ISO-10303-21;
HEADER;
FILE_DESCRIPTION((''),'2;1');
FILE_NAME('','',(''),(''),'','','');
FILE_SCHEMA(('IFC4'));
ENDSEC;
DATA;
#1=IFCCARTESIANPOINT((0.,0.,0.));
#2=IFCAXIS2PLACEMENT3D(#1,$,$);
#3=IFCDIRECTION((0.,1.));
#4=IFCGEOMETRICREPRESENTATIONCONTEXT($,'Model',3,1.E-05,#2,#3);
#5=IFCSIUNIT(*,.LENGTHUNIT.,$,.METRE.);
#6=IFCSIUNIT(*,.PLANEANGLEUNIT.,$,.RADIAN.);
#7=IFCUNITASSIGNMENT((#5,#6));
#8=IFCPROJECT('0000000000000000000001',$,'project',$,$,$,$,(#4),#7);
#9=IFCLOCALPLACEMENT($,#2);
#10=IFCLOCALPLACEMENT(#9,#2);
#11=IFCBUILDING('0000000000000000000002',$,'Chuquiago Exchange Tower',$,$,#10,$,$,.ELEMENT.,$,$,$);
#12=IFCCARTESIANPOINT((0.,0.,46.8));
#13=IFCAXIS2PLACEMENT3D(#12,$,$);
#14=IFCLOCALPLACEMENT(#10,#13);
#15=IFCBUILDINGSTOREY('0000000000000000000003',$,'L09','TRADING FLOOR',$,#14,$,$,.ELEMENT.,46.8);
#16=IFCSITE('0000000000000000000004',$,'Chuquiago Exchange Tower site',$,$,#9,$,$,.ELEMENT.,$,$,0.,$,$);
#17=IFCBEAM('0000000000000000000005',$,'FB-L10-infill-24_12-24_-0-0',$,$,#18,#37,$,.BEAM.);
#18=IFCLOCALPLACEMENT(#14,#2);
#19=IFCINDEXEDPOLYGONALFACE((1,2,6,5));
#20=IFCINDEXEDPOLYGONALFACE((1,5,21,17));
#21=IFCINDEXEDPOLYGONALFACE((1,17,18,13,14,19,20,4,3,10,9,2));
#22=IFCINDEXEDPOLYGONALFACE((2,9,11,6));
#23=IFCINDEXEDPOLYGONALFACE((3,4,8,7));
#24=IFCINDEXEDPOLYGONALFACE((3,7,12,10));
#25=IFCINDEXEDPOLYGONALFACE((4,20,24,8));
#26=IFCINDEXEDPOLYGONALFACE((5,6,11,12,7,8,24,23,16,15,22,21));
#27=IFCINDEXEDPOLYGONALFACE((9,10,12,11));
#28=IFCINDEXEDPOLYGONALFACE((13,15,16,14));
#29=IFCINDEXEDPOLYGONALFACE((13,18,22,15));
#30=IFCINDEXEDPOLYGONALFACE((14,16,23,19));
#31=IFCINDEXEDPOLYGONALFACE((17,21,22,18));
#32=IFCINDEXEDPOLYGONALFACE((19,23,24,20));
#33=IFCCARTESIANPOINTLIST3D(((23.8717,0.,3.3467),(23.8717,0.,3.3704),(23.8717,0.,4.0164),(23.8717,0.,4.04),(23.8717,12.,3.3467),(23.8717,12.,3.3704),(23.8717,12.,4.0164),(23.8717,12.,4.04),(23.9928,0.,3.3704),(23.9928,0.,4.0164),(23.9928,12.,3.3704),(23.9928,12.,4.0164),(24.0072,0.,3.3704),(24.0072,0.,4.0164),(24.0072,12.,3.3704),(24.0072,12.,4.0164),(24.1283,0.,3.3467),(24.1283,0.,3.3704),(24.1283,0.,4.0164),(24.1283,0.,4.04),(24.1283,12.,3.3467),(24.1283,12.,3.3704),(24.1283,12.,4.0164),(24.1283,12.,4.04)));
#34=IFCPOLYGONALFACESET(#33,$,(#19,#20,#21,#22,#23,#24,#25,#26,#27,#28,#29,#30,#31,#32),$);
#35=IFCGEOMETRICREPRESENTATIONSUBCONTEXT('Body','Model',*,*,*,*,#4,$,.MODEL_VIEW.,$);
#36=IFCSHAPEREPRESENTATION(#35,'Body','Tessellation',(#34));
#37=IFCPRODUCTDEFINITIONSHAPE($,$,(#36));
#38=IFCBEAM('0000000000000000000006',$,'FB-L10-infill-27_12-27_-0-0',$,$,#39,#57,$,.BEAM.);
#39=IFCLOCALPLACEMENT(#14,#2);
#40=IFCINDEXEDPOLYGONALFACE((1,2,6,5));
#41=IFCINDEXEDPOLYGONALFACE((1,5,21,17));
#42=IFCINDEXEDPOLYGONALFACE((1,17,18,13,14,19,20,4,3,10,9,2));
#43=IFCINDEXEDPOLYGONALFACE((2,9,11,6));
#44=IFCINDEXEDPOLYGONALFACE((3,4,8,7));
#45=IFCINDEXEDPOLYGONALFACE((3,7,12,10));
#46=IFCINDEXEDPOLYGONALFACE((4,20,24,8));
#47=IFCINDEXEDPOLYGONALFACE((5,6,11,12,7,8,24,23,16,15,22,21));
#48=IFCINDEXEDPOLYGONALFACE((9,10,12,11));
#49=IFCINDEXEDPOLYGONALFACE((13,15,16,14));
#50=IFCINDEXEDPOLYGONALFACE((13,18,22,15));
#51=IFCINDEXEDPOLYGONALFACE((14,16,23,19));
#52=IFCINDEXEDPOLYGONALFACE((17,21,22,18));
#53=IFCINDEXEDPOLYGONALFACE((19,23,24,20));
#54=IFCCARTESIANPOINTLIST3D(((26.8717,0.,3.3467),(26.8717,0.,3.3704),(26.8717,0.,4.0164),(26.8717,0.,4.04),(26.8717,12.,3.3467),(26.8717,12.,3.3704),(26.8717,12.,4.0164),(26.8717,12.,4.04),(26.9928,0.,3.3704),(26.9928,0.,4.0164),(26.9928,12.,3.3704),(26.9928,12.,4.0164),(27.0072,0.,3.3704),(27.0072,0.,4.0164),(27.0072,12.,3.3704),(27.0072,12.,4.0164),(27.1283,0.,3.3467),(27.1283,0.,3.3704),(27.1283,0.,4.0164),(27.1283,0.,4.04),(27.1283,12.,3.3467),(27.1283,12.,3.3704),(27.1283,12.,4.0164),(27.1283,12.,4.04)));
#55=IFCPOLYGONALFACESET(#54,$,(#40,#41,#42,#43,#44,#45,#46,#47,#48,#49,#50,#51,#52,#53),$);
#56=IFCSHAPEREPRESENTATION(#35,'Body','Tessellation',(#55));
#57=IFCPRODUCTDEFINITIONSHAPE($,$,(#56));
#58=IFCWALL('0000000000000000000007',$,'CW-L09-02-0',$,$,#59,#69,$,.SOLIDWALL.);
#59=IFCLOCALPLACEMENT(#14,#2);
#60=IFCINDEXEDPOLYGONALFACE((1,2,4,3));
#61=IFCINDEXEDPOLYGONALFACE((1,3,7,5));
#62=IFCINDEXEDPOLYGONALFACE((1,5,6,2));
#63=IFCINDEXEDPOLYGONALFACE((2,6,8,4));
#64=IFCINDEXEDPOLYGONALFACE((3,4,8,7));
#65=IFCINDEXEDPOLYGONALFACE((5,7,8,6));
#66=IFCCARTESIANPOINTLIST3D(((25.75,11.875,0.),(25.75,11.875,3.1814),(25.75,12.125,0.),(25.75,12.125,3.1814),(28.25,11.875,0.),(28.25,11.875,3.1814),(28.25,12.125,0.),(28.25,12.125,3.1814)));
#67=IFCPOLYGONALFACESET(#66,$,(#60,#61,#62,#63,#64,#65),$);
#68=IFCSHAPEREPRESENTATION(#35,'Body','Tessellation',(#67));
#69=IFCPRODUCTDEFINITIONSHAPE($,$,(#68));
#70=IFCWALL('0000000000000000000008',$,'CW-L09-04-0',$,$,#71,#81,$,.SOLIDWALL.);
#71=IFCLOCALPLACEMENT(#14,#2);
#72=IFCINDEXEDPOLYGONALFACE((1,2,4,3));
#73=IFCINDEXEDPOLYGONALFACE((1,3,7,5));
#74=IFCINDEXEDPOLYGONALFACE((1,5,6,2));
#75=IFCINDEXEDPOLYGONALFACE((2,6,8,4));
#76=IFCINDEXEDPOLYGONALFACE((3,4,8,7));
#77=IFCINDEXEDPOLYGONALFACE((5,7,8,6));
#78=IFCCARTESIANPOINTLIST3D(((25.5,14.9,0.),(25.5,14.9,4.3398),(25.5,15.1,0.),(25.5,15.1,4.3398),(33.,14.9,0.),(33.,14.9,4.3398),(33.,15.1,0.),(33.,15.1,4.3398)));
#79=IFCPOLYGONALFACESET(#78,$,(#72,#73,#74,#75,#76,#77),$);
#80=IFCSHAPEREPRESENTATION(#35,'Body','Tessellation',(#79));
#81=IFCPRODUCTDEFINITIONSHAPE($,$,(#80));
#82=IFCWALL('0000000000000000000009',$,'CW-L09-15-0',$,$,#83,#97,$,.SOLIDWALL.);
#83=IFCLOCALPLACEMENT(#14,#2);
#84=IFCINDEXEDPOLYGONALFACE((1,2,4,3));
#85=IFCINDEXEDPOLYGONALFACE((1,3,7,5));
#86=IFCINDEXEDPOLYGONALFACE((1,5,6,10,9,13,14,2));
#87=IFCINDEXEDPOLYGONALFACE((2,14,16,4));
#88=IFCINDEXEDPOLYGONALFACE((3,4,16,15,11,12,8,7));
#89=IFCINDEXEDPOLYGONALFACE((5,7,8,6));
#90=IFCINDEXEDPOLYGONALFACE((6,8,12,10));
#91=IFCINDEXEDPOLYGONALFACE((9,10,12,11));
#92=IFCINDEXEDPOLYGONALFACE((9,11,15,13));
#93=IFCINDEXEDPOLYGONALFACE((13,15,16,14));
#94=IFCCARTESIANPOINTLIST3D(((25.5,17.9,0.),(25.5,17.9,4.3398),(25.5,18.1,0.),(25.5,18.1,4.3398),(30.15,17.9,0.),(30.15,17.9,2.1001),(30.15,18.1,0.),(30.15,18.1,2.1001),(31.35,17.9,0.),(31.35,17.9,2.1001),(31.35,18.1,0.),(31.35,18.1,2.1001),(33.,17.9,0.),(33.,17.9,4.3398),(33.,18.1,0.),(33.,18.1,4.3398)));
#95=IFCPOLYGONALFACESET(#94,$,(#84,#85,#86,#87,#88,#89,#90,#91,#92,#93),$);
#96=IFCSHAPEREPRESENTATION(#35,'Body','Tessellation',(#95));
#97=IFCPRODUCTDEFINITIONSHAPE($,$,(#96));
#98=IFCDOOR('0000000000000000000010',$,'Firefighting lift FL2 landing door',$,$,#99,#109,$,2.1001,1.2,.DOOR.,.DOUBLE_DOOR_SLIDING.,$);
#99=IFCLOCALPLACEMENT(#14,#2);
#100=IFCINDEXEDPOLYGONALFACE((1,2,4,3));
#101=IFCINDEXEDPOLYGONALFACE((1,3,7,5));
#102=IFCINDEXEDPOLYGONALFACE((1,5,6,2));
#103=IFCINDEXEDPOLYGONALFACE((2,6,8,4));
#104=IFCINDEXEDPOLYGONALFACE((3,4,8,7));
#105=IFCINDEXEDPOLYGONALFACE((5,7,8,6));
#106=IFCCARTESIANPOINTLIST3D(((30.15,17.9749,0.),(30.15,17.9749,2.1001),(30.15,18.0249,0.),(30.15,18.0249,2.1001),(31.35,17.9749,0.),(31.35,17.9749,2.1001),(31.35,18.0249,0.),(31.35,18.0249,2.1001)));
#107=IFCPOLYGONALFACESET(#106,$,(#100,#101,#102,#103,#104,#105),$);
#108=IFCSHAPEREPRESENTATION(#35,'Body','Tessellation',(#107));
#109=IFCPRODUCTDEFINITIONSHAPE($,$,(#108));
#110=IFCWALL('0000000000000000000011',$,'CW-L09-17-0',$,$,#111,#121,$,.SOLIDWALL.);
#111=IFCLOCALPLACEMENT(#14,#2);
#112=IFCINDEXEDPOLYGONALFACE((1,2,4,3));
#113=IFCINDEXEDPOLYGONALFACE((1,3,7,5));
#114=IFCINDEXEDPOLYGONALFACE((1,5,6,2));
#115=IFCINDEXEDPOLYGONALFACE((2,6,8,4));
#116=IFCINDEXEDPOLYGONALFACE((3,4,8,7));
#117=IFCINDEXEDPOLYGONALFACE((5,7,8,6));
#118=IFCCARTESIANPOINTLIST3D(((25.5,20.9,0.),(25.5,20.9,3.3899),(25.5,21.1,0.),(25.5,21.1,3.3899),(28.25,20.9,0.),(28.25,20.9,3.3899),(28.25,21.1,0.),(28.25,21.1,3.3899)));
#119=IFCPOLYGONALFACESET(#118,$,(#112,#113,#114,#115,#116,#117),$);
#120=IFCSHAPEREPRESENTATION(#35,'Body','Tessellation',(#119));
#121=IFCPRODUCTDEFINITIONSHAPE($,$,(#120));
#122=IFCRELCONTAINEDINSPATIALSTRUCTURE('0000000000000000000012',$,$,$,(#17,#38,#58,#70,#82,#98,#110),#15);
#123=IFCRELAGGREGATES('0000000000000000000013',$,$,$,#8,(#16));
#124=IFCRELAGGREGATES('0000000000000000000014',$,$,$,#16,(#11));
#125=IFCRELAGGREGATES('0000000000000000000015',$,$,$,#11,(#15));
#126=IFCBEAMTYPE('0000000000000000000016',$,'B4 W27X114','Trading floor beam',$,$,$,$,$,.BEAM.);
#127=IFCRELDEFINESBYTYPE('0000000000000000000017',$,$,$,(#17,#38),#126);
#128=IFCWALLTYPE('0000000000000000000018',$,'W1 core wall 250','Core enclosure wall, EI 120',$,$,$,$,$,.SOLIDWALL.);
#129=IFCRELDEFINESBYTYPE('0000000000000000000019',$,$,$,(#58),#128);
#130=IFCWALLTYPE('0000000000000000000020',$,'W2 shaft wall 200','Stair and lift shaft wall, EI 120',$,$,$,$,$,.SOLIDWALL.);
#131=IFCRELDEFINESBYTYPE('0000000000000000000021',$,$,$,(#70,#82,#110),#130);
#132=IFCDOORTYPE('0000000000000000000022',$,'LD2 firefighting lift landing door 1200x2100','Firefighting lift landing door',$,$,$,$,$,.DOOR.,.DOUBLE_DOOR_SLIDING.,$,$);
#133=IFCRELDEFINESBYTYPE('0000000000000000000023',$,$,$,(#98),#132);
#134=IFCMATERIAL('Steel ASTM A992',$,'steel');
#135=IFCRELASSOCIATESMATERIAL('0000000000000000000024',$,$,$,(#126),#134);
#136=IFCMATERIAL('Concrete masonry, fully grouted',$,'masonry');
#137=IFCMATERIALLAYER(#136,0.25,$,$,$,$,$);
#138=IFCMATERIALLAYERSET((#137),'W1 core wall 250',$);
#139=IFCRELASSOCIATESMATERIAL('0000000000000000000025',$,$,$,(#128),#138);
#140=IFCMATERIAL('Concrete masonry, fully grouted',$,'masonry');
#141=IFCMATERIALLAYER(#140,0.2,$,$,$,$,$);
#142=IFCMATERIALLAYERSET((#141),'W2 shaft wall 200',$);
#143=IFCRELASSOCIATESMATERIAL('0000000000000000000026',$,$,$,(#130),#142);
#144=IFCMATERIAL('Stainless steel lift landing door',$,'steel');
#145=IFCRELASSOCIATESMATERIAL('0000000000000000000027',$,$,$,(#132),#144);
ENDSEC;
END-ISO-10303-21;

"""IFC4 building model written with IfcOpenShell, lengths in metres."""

from ifc_helpers import new_model, si_unit, direction, frame, frame_2d, origin, origin_2d, place, context, subcontext, project, spatial, rectangle, i_section, extrude, material, layer, layer_set, material_profile, profile_set, type_object, element, fill, save


model = new_model("IFC4")

# Units and contexts
model_context = context("Model", 3, precision=1e-05, world=origin(), true_north=direction((0.0, 1.0)))
body_context = subcontext(model_context, "Body", "Model", "MODEL_VIEW")
ifc_project = project(units=[si_unit("LENGTHUNIT", "METRE"), si_unit("PLANEANGLEUNIT", "RADIAN")], contexts=[model_context])

# Site, building, storey
site_placement = place(None, origin())
site = spatial("IfcSite", under=ifc_project, at=site_placement, Name="Chuquiago Exchange Tower site", CompositionType="ELEMENT", RefElevation=0.0)
building_placement = place(site_placement, origin())
building = spatial("IfcBuilding", under=site, at=building_placement, Name="Chuquiago Exchange Tower", CompositionType="ELEMENT")
storey_placement = place(building_placement, frame((0.0, 0.0, 46.8)))
storey = spatial("IfcBuildingStorey", under=building, at=storey_placement, Name="L09", Description="TRADING FLOOR", CompositionType="ELEMENT", Elevation=46.8)

# Beams
ifc_material_1 = material(Name="Steel ASTM A992", Category="steel")
ifc_material_profile_1 = material_profile(ifc_material_1, i_section(OverallWidth=0.2566, OverallDepth=0.6934, WebThickness=0.0144, FlangeThickness=0.0237, at=origin_2d()), Name="W27X114")
ifc_profile_set_1 = profile_set([ifc_material_profile_1], Name="Steel ASTM A992")
beam_type_1 = type_object("IfcBeamType", Name="B4 W27X114", Description="Trading floor beam", PredefinedType="BEAM", material=ifc_profile_set_1)
for number, where, z_axis, x_axis, name in (
    (1, (24.0, 12.0, 3.6934), (0.0, -1.0, 0.0), (1.0, 0.0, 0.0), "FB-L10-infill-24_12-24_-0-0"),
    (2, (27.0, 12.0, 3.6934), (0.0, -1.0, 0.0), (1.0, 0.0, 0.0), "FB-L10-infill-27_12-27_-0-0"),
):
    element("IfcBeam", number, at=place(storey_placement, frame(where, z_axis=z_axis, x_axis=x_axis)), inside=storey, type_object=beam_type_1, Name=name, PredefinedType="BEAM", context=body_context, shape_type="SweptSolid", body=[
        extrude(i_section(OverallWidth=0.2566, OverallDepth=0.6934, WebThickness=0.0144, FlangeThickness=0.0237, at=origin_2d()), origin(), (0.0, 0.0, 1.0), 12.0),
    ])

# Walls
ifc_material_2 = material(Name="Concrete masonry, fully grouted", Category="masonry")
ifc_layer_1 = layer(ifc_material_2, 0.25)
ifc_layer_set_1 = layer_set([ifc_layer_1], Name="W1 core wall 250")
wall_type_1 = type_object("IfcWallType", Name="W1 core wall 250", Description="Core enclosure wall, EI 120", PredefinedType="SOLIDWALL", material=ifc_layer_set_1)
wall_1_placement = place(storey_placement, frame((25.75, 12.0, 0.0), z_axis=(0.0, 0.0, 1.0), x_axis=(1.0, 0.0, 0.0)))
element("IfcWall", 3, at=wall_1_placement, inside=storey, type_object=wall_type_1, Name="CW-L09-02-0", PredefinedType="SOLIDWALL", context=body_context, shape_type="SweptSolid", body=[
    extrude(rectangle(XDim=2.5, YDim=0.25, at=frame_2d((1.25, 0.0))), origin(), (0.0, 0.0, 1.0), 3.1814),
])
ifc_material_3 = material(Name="Concrete masonry, fully grouted", Category="masonry")
ifc_layer_2 = layer(ifc_material_3, 0.2)
ifc_layer_set_2 = layer_set([ifc_layer_2], Name="W2 shaft wall 200")
wall_type_2 = type_object("IfcWallType", Name="W2 shaft wall 200", Description="Stair and lift shaft wall, EI 120", PredefinedType="SOLIDWALL", material=ifc_layer_set_2)
wall_2_placement = place(storey_placement, frame((25.5, 15.0, 0.0), z_axis=(0.0, 0.0, 1.0), x_axis=(1.0, 0.0, 0.0)))
element("IfcWall", 4, at=wall_2_placement, inside=storey, type_object=wall_type_2, Name="CW-L09-04-0", PredefinedType="SOLIDWALL", context=body_context, shape_type="SweptSolid", body=[
    extrude(rectangle(XDim=7.5, YDim=0.2, at=frame_2d((3.75, 0.0))), origin(), (0.0, 0.0, 1.0), 4.3398),
])

# Wall, opening, door
wall_3_placement = place(storey_placement, frame((25.5, 18.0, 0.0), z_axis=(0.0, 0.0, 1.0), x_axis=(1.0, 0.0, 0.0)))
wall_3 = element("IfcWall", 5, at=wall_3_placement, inside=storey, type_object=wall_type_2, Name="CW-L09-15-0", PredefinedType="SOLIDWALL", context=body_context, shape_type="SweptSolid", body=[
    extrude(rectangle(XDim=7.5, YDim=0.2, at=frame_2d((3.75, 0.0))), origin(), (0.0, 0.0, 1.0), 4.3398),
])
opening_1_placement = place(wall_3_placement, frame((4.6499, 0.0, 0.0)))
opening_1 = element("IfcOpeningElement", 6, at=opening_1_placement, cuts=wall_3, PredefinedType="OPENING", context=body_context, shape_type="SweptSolid", body=[
    extrude(rectangle(XDim=1.2, YDim=2.1001, at=frame_2d((0.6001, 1.05))), frame((0.0, 0.1099, 0.0), z_axis=(0.0, -1.0, 0.0), x_axis=(1.0, 0.0, 0.0)), (0.0, 0.0, 1.0), 0.22),
])
ifc_material_4 = material(Name="Stainless steel lift landing door", Category="steel")
door_type_1 = type_object("IfcDoorType", Name="LD2 firefighting lift landing door 1200x2100", Description="Firefighting lift landing door", OperationType="DOUBLE_DOOR_SLIDING", PredefinedType="DOOR", material=ifc_material_4)
door_1_placement = place(opening_1_placement, origin())
door_1 = element("IfcDoor", 7, at=door_1_placement, inside=storey, type_object=door_type_1, Name="Firefighting lift FL2 landing door", OperationType="DOUBLE_DOOR_SLIDING", OverallHeight=2.1001, OverallWidth=1.2, PredefinedType="DOOR", context=body_context, shape_type="SweptSolid", body=[
    extrude(rectangle(XDim=1.2, YDim=2.1001, at=frame_2d((0.6001, 1.05))), frame((0.0, 0.0249, 0.0), z_axis=(0.0, -1.0, 0.0), x_axis=(1.0, 0.0, 0.0)), (0.0, 0.0, 1.0), 0.05),
])
fill(opening_1, door_1)

# Wall
wall_4_placement = place(storey_placement, frame((25.5, 21.0, 0.0), z_axis=(0.0, 0.0, 1.0), x_axis=(1.0, 0.0, 0.0)))
element("IfcWall", 8, at=wall_4_placement, inside=storey, type_object=wall_type_2, Name="CW-L09-17-0", PredefinedType="SOLIDWALL", context=body_context, shape_type="SweptSolid", body=[
    extrude(rectangle(XDim=2.75, YDim=0.2, at=frame_2d((1.375, 0.0))), origin(), (0.0, 0.0, 1.0), 3.3899),
])

save(model, "model.ifc")
